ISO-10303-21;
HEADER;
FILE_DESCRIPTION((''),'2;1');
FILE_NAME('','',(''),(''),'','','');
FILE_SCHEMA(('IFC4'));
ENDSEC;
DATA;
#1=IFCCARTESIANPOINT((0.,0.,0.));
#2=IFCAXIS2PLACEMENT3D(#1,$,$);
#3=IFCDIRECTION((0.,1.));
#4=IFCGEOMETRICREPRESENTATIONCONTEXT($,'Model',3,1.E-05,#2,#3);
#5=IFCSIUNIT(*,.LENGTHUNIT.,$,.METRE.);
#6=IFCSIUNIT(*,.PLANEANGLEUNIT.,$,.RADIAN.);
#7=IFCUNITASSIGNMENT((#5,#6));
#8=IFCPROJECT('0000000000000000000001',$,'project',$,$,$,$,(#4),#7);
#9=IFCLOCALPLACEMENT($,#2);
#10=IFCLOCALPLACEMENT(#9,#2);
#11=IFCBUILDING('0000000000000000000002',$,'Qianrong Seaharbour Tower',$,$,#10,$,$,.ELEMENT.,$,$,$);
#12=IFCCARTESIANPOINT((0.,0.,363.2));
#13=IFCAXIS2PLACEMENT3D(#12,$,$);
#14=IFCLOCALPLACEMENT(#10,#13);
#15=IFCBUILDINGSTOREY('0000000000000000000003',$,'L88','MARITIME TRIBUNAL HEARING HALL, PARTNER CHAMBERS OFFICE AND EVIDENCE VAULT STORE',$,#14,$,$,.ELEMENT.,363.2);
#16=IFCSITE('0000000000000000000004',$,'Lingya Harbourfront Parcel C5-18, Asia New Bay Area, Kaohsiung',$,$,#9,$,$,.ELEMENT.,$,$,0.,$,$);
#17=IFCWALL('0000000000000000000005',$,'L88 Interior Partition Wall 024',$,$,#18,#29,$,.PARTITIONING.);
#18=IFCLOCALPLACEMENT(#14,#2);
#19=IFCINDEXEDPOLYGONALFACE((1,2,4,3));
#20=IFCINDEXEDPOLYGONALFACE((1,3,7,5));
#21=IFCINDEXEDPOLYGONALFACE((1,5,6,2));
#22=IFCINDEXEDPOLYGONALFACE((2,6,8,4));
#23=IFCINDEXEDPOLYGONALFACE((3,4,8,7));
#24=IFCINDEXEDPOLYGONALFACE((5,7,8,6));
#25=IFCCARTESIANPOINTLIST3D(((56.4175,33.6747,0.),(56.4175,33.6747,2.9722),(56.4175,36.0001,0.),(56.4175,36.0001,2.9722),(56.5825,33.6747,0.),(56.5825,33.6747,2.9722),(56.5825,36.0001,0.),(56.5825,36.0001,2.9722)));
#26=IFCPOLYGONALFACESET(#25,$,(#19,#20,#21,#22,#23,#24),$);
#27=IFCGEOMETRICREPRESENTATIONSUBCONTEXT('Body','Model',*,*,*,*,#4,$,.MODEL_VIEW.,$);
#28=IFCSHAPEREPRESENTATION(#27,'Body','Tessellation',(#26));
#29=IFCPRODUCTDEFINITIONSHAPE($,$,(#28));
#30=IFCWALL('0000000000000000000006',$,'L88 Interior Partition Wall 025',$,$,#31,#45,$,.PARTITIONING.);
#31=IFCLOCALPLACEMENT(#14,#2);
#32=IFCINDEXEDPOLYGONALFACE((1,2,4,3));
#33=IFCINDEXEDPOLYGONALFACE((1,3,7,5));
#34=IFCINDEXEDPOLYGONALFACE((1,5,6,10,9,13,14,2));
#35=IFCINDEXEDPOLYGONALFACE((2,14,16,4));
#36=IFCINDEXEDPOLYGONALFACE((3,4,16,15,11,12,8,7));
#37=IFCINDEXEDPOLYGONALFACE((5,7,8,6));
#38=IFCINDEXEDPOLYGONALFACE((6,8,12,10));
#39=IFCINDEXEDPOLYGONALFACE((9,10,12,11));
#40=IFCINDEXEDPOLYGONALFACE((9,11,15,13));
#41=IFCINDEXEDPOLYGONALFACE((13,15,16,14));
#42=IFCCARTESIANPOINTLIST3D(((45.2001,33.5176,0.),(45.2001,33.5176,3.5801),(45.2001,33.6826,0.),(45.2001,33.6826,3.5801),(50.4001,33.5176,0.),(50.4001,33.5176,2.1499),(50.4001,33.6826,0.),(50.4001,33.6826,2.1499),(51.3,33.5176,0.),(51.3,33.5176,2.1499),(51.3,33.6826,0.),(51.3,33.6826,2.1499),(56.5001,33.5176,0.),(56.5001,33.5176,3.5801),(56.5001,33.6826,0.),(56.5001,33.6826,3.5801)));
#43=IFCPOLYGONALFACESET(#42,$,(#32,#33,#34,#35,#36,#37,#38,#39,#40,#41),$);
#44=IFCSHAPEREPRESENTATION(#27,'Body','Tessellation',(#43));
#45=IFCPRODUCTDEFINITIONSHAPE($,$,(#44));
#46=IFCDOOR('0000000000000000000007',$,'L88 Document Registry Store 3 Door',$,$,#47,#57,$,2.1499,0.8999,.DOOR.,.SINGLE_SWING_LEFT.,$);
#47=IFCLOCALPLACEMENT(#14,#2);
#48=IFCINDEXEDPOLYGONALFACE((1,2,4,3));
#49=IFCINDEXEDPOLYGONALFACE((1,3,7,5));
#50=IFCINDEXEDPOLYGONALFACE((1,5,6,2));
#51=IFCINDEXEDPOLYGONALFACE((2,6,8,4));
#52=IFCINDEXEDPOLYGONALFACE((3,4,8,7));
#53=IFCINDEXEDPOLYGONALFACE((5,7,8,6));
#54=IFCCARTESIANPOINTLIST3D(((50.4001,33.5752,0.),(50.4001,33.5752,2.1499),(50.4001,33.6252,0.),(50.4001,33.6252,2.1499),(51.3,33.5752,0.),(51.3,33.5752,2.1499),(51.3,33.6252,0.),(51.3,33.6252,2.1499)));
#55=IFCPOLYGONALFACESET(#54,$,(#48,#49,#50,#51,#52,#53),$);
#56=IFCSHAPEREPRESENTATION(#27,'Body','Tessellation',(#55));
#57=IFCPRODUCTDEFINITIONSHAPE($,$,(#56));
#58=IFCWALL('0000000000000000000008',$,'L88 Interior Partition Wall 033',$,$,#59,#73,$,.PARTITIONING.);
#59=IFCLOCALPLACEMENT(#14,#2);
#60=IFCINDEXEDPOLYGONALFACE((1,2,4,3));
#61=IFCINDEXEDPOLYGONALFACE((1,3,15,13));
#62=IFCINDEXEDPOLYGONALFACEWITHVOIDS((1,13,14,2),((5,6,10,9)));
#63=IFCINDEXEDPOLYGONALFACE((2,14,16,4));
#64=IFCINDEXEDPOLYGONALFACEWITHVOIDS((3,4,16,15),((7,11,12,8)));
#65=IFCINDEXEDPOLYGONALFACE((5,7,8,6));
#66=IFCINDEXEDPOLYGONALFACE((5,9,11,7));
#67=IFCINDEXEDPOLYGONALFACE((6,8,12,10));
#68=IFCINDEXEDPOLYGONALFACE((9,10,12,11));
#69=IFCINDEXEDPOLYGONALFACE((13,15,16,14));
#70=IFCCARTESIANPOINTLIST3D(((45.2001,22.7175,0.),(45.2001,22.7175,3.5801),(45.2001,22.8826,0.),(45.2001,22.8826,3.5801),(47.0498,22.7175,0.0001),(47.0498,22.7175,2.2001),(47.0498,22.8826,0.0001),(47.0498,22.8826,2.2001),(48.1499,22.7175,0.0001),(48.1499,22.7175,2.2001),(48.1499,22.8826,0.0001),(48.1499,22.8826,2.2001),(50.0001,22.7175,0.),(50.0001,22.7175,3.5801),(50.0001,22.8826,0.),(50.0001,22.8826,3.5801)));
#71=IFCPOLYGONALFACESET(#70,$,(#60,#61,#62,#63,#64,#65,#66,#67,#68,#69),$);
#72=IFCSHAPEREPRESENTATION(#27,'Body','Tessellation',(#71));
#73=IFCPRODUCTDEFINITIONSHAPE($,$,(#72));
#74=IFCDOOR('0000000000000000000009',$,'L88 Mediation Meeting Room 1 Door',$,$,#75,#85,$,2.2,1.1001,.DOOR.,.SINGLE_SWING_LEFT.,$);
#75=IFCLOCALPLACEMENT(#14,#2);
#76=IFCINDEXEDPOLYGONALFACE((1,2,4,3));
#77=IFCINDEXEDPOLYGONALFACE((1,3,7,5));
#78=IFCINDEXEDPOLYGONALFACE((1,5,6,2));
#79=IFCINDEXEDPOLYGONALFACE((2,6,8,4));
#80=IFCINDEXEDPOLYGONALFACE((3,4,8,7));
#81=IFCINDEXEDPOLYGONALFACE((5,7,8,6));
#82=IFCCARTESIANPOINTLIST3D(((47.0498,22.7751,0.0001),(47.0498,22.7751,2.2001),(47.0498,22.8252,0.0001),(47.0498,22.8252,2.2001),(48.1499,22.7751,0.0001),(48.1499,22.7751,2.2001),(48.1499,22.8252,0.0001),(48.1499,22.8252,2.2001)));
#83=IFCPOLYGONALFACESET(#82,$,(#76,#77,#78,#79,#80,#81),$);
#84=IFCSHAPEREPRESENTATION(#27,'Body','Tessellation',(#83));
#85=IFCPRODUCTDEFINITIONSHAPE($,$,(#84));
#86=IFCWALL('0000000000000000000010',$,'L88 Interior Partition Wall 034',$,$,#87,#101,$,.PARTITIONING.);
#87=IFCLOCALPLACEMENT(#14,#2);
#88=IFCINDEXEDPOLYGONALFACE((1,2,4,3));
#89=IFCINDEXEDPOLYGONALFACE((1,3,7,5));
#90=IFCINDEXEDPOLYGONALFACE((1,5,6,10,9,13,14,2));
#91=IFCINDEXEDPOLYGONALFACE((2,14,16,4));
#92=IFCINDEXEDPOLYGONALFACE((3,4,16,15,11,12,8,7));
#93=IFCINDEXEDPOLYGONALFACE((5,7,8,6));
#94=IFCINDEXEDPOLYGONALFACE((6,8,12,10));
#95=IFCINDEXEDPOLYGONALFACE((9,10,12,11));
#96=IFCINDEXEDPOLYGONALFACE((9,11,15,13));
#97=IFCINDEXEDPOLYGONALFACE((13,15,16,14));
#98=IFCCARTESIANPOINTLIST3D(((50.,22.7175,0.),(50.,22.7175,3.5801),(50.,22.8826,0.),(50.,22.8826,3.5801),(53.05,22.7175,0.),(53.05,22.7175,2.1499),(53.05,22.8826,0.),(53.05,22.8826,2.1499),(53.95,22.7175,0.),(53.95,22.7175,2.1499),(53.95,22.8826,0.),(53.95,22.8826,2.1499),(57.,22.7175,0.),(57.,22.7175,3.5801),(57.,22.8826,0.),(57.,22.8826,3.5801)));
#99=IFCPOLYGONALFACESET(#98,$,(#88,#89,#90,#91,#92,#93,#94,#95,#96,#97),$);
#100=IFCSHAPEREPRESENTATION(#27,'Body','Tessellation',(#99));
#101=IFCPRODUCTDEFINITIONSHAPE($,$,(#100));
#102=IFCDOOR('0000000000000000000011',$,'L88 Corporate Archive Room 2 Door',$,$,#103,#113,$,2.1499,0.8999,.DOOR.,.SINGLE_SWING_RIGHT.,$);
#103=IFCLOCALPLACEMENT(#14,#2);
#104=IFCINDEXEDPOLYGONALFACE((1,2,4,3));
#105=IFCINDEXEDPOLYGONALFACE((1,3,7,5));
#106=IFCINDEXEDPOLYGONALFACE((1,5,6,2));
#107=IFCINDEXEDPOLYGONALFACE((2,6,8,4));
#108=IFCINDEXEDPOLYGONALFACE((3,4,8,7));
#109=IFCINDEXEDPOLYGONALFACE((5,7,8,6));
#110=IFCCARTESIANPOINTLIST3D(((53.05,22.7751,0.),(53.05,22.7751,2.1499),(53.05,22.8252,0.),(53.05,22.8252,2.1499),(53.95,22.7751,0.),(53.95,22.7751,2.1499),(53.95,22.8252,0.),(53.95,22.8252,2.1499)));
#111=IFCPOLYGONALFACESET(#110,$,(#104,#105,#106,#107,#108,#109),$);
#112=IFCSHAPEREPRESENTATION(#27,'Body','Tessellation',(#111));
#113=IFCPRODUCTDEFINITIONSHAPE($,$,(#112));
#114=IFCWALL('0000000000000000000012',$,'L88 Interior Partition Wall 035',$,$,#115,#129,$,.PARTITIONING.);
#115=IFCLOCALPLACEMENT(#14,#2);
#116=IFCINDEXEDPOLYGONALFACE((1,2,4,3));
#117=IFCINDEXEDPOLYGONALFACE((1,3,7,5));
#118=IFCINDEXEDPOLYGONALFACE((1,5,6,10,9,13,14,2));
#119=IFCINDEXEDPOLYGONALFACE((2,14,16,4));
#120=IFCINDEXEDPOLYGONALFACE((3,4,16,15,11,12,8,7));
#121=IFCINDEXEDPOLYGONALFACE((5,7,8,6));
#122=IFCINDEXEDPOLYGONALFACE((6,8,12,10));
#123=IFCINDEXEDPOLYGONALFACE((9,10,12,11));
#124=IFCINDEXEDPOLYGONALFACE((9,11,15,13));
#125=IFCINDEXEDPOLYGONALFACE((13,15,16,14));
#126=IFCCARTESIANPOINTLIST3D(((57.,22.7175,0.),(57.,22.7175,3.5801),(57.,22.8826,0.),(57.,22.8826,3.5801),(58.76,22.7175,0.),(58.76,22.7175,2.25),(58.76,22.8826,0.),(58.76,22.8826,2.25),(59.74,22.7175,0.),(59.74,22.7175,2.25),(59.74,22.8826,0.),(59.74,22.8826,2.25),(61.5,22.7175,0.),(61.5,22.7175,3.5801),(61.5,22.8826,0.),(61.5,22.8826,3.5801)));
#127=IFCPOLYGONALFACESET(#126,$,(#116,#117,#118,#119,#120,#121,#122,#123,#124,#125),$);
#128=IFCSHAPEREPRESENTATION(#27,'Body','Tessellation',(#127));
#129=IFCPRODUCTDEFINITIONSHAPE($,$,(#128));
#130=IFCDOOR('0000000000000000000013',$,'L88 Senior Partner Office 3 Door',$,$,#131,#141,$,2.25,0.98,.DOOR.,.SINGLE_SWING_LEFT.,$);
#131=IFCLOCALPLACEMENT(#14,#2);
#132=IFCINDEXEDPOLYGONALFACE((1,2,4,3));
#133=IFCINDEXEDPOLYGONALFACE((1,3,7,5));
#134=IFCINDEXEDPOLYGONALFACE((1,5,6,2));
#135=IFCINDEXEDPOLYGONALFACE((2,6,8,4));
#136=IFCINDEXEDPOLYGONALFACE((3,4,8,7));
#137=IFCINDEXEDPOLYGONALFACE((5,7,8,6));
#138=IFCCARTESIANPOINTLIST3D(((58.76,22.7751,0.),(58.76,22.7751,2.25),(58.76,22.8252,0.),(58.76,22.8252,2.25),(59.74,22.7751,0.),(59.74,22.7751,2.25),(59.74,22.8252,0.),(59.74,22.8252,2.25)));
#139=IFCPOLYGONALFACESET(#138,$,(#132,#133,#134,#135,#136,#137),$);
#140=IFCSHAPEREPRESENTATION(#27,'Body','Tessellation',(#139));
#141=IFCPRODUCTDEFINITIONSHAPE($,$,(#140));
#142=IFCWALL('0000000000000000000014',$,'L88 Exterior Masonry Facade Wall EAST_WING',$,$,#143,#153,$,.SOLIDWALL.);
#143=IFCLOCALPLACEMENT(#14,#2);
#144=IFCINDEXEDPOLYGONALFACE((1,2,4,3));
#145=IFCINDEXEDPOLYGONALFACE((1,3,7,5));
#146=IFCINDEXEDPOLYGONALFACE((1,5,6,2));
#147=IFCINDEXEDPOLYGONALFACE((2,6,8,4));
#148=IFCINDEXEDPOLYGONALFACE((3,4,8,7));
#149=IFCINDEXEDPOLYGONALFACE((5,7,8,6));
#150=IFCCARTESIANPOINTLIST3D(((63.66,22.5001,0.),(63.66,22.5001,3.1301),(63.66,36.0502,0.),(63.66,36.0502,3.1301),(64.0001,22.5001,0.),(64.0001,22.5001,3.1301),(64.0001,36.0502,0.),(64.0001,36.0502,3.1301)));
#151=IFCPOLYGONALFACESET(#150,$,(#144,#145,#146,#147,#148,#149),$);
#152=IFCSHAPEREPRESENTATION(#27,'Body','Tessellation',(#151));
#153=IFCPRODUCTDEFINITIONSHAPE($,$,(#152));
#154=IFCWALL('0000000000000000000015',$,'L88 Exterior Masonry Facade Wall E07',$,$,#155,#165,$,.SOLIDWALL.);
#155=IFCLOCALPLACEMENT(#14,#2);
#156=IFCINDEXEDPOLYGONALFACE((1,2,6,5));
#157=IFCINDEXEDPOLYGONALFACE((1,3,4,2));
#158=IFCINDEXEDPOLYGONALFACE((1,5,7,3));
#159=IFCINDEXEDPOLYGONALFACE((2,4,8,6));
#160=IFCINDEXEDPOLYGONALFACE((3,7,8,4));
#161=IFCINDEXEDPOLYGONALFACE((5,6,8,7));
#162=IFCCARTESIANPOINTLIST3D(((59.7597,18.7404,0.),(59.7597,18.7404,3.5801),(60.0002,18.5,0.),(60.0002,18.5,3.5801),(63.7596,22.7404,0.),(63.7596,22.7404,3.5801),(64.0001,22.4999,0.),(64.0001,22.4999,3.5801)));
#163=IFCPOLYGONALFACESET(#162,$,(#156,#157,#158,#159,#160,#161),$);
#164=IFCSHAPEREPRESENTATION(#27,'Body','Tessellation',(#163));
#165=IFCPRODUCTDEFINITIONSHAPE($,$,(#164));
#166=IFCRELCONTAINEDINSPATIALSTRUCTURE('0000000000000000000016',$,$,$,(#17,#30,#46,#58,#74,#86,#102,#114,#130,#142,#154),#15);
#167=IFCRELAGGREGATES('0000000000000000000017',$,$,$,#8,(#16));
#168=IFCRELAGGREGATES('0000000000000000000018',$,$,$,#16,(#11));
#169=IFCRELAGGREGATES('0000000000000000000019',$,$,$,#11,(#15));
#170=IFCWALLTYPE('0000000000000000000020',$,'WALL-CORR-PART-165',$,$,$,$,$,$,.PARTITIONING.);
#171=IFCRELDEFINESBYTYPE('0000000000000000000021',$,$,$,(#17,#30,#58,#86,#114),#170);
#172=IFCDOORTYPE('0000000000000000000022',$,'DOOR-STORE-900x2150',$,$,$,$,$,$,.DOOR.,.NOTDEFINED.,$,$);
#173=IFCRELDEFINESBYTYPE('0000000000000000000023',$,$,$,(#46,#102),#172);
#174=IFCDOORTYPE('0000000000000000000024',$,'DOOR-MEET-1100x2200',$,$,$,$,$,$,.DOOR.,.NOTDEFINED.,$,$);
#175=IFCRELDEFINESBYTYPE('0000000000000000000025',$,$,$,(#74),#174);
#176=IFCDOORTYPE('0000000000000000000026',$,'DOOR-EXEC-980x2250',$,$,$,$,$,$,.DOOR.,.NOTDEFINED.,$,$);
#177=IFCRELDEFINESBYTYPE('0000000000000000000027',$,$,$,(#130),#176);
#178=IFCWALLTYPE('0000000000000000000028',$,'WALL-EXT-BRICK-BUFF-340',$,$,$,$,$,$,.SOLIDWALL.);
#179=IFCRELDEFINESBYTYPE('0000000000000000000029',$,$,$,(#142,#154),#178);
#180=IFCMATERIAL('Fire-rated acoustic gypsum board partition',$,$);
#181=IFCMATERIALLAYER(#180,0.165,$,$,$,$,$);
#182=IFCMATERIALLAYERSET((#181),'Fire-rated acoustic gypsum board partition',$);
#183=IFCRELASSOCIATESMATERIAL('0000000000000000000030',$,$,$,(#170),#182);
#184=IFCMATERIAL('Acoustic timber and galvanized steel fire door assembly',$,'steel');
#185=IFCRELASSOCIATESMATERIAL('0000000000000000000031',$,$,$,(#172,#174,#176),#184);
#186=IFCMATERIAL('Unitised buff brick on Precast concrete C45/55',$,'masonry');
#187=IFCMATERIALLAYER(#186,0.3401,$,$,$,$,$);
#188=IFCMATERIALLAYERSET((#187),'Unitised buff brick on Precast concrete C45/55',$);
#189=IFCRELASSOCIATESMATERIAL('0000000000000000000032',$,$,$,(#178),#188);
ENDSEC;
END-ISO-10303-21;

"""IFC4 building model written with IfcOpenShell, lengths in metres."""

from ifc_helpers import new_model, si_unit, direction, frame, frame_2d, origin, place, context, subcontext, project, spatial, rectangle, extrude, material, layer, layer_set, type_object, element, fill, save


model = new_model("IFC4")

# Units and contexts
model_context = context("Model", 3, precision=1e-05, world=origin(), true_north=direction((0.0, 1.0)))
body_context = subcontext(model_context, "Body", "Model", "MODEL_VIEW")
ifc_project = project(units=[si_unit("LENGTHUNIT", "METRE"), si_unit("PLANEANGLEUNIT", "RADIAN")], contexts=[model_context])

# Site, building, storey
site_placement = place(None, origin())
site = spatial("IfcSite", under=ifc_project, at=site_placement, Name="Lingya Harbourfront Parcel C5-18, Asia New Bay Area, Kaohsiung", CompositionType="ELEMENT", RefElevation=0.0)
building_placement = place(site_placement, origin())
building = spatial("IfcBuilding", under=site, at=building_placement, Name="Qianrong Seaharbour Tower", CompositionType="ELEMENT")
storey_placement = place(building_placement, frame((0.0, 0.0, 363.2)))
storey = spatial("IfcBuildingStorey", under=building, at=storey_placement, Name="L88", Description="MARITIME TRIBUNAL HEARING HALL, PARTNER CHAMBERS OFFICE AND EVIDENCE VAULT STORE", CompositionType="ELEMENT", Elevation=363.2)

# Wall
ifc_material_1 = material(Name="Fire-rated acoustic gypsum board partition")
ifc_layer_1 = layer(ifc_material_1, 0.165)
ifc_layer_set_1 = layer_set([ifc_layer_1], Name="Fire-rated acoustic gypsum board partition")
wall_type_1 = type_object("IfcWallType", Name="WALL-CORR-PART-165", PredefinedType="PARTITIONING", material=ifc_layer_set_1)
wall_1_placement = place(storey_placement, frame((56.5, 36.0, 0.0), z_axis=(0.0, 0.0, 1.0), x_axis=(0.0, -1.0, 0.0)))
element("IfcWall", 1, at=wall_1_placement, inside=storey, type_object=wall_type_1, Name="L88 Interior Partition Wall 024", PredefinedType="PARTITIONING", context=body_context, shape_type="SweptSolid", body=[
    extrude(rectangle(XDim=2.3254, YDim=0.165, at=frame_2d((1.1626, 0.0))), origin(), (0.0, 0.0, 1.0), 2.9722),
])

# Walls, openings, doors
wall_2_placement = place(storey_placement, frame((56.5, 33.6001, 0.0), z_axis=(0.0, 0.0, 1.0), x_axis=(-1.0, 0.0, 0.0)))
wall_2 = element("IfcWall", 2, at=wall_2_placement, inside=storey, type_object=wall_type_1, Name="L88 Interior Partition Wall 025", PredefinedType="PARTITIONING", context=body_context, shape_type="SweptSolid", body=[
    extrude(rectangle(XDim=11.3, YDim=0.165, at=frame_2d((5.6499, 0.0))), origin(), (0.0, 0.0, 1.0), 3.5801),
])
opening_1_placement = place(wall_2_placement, frame((5.2, 0.0, 0.0)))
opening_1 = element("IfcOpeningElement", 3, at=opening_1_placement, cuts=wall_2, PredefinedType="OPENING", context=body_context, shape_type="SweptSolid", body=[
    extrude(rectangle(XDim=0.8999, YDim=2.1499, at=frame_2d((0.45, 1.075))), frame((0.0, 0.0925, 0.0), z_axis=(0.0, -1.0, 0.0), x_axis=(1.0, 0.0, 0.0)), (0.0, 0.0, 1.0), 0.1851),
])
ifc_material_2 = material(Name="Acoustic timber and galvanized steel fire door assembly", Category="steel")
door_type_1 = type_object("IfcDoorType", Name="DOOR-STORE-900x2150", OperationType="NOTDEFINED", PredefinedType="DOOR", material=ifc_material_2)
door_1_placement = place(opening_1_placement, origin())
door_1 = element("IfcDoor", 4, at=door_1_placement, inside=storey, type_object=door_type_1, Name="L88 Document Registry Store 3 Door", OperationType="SINGLE_SWING_LEFT", OverallHeight=2.1499, OverallWidth=0.8999, PredefinedType="DOOR", context=body_context, shape_type="SweptSolid", body=[
    extrude(rectangle(XDim=0.8999, YDim=2.1499, at=frame_2d((0.45, 1.075))), frame((0.0, 0.0249, 0.0), z_axis=(0.0, -1.0, 0.0), x_axis=(1.0, 0.0, 0.0)), (0.0, 0.0, 1.0), 0.05),
])
fill(opening_1, door_1)
wall_3_placement = place(storey_placement, frame((50.0, 22.8, 0.0), z_axis=(0.0, 0.0, 1.0), x_axis=(-1.0, 0.0, 0.0)))
wall_3 = element("IfcWall", 5, at=wall_3_placement, inside=storey, type_object=wall_type_1, Name="L88 Interior Partition Wall 033", PredefinedType="PARTITIONING", context=body_context, shape_type="SweptSolid", body=[
    extrude(rectangle(XDim=4.8, YDim=0.165, at=frame_2d((2.3999, 0.0))), origin(), (0.0, 0.0, 1.0), 3.5801),
])
opening_2_placement = place(wall_3_placement, frame((1.8501, 0.0, 0.0)))
opening_2 = element("IfcOpeningElement", 6, at=opening_2_placement, cuts=wall_3, PredefinedType="OPENING", context=body_context, shape_type="SweptSolid", body=[
    extrude(rectangle(XDim=1.1001, YDim=2.2, at=frame_2d((0.55, 1.1001))), frame((0.0, 0.0925, 0.0), z_axis=(0.0, -1.0, 0.0), x_axis=(1.0, 0.0, 0.0)), (0.0, 0.0, 1.0), 0.1851),
])
door_type_2 = type_object("IfcDoorType", Name="DOOR-MEET-1100x2200", OperationType="NOTDEFINED", PredefinedType="DOOR", material=ifc_material_2)
door_2_placement = place(opening_2_placement, origin())
door_2 = element("IfcDoor", 7, at=door_2_placement, inside=storey, type_object=door_type_2, Name="L88 Mediation Meeting Room 1 Door", OperationType="SINGLE_SWING_LEFT", OverallHeight=2.2, OverallWidth=1.1001, PredefinedType="DOOR", context=body_context, shape_type="SweptSolid", body=[
    extrude(rectangle(XDim=1.1001, YDim=2.2, at=frame_2d((0.55, 1.1001))), frame((0.0, 0.0249, 0.0), z_axis=(0.0, -1.0, 0.0), x_axis=(1.0, 0.0, 0.0)), (0.0, 0.0, 1.0), 0.05),
])
fill(opening_2, door_2)
wall_4_placement = place(storey_placement, frame((57.0, 22.8, 0.0), z_axis=(0.0, 0.0, 1.0), x_axis=(-1.0, 0.0, 0.0)))
wall_4 = element("IfcWall", 8, at=wall_4_placement, inside=storey, type_object=wall_type_1, Name="L88 Interior Partition Wall 034", PredefinedType="PARTITIONING", context=body_context, shape_type="SweptSolid", body=[
    extrude(rectangle(XDim=7.0, YDim=0.165, at=frame_2d((3.5, 0.0))), origin(), (0.0, 0.0, 1.0), 3.5801),
])
opening_3_placement = place(wall_4_placement, frame((3.05, 0.0, 0.0)))
opening_3 = element("IfcOpeningElement", 9, at=opening_3_placement, cuts=wall_4, PredefinedType="OPENING", context=body_context, shape_type="SweptSolid", body=[
    extrude(rectangle(XDim=0.8999, YDim=2.1499, at=frame_2d((0.45, 1.075))), frame((0.0, 0.0925, 0.0), z_axis=(0.0, -1.0, 0.0), x_axis=(1.0, 0.0, 0.0)), (0.0, 0.0, 1.0), 0.1851),
])
door_3_placement = place(opening_3_placement, origin())
door_3 = element("IfcDoor", 10, at=door_3_placement, inside=storey, type_object=door_type_1, Name="L88 Corporate Archive Room 2 Door", OperationType="SINGLE_SWING_RIGHT", OverallHeight=2.1499, OverallWidth=0.8999, PredefinedType="DOOR", context=body_context, shape_type="SweptSolid", body=[
    extrude(rectangle(XDim=0.8999, YDim=2.1499, at=frame_2d((0.45, 1.075))), frame((0.0, 0.0249, 0.0), z_axis=(0.0, -1.0, 0.0), x_axis=(1.0, 0.0, 0.0)), (0.0, 0.0, 1.0), 0.05),
])
fill(opening_3, door_3)
wall_5_placement = place(storey_placement, frame((61.5, 22.8, 0.0), z_axis=(0.0, 0.0, 1.0), x_axis=(-1.0, 0.0, 0.0)))
wall_5 = element("IfcWall", 11, at=wall_5_placement, inside=storey, type_object=wall_type_1, Name="L88 Interior Partition Wall 035", PredefinedType="PARTITIONING", context=body_context, shape_type="SweptSolid", body=[
    extrude(rectangle(XDim=4.5, YDim=0.165, at=frame_2d((2.25, 0.0))), origin(), (0.0, 0.0, 1.0), 3.5801),
])
opening_4_placement = place(wall_5_placement, frame((1.76, 0.0, 0.0)))
opening_4 = element("IfcOpeningElement", 12, at=opening_4_placement, cuts=wall_5, PredefinedType="OPENING", context=body_context, shape_type="SweptSolid", body=[
    extrude(rectangle(XDim=0.98, YDim=2.25, at=frame_2d((0.49, 1.125))), frame((0.0, 0.0925, 0.0), z_axis=(0.0, -1.0, 0.0), x_axis=(1.0, 0.0, 0.0)), (0.0, 0.0, 1.0), 0.1851),
])
door_type_3 = type_object("IfcDoorType", Name="DOOR-EXEC-980x2250", OperationType="NOTDEFINED", PredefinedType="DOOR", material=ifc_material_2)
door_4_placement = place(opening_4_placement, origin())
door_4 = element("IfcDoor", 13, at=door_4_placement, inside=storey, type_object=door_type_3, Name="L88 Senior Partner Office 3 Door", OperationType="SINGLE_SWING_LEFT", OverallHeight=2.25, OverallWidth=0.98, PredefinedType="DOOR", context=body_context, shape_type="SweptSolid", body=[
    extrude(rectangle(XDim=0.98, YDim=2.25, at=frame_2d((0.49, 1.125))), frame((0.0, 0.0249, 0.0), z_axis=(0.0, -1.0, 0.0), x_axis=(1.0, 0.0, 0.0)), (0.0, 0.0, 1.0), 0.05),
])
fill(opening_4, door_4)

# Walls
ifc_material_3 = material(Name="Unitised buff brick on Precast concrete C45/55", Category="masonry")
ifc_layer_2 = layer(ifc_material_3, 0.3401)
ifc_layer_set_2 = layer_set([ifc_layer_2], Name="Unitised buff brick on Precast concrete C45/55")
wall_type_2 = type_object("IfcWallType", Name="WALL-EXT-BRICK-BUFF-340", PredefinedType="SOLIDWALL", material=ifc_layer_set_2)
wall_6_placement = place(storey_placement, frame((63.8301, 36.05, 0.0), z_axis=(0.0, 0.0, 1.0), x_axis=(0.0, -1.0, 0.0)))
element("IfcWall", 14, at=wall_6_placement, inside=storey, type_object=wall_type_2, Name="L88 Exterior Masonry Facade Wall EAST_WING", PredefinedType="SOLIDWALL", context=body_context, shape_type="SweptSolid", body=[
    extrude(rectangle(XDim=13.55, YDim=0.3401, at=frame_2d((6.7749, 0.0))), origin(), (0.0, 0.0, 1.0), 3.1301),
])
wall_7_placement = place(storey_placement, frame((63.8799, 22.6201, 0.0), z_axis=(0.0, 0.0, 1.0), x_axis=(-0.707107, -0.707107, 0.0)))
element("IfcWall", 15, at=wall_7_placement, inside=storey, type_object=wall_type_2, Name="L88 Exterior Masonry Facade Wall E07", PredefinedType="SOLIDWALL", context=body_context, shape_type="SweptSolid", body=[
    extrude(rectangle(XDim=5.6567, YDim=0.3401, at=frame_2d((2.8284, 0.0))), origin(), (0.0, 0.0, 1.0), 3.5801),
])

save(model, "model.ifc")
